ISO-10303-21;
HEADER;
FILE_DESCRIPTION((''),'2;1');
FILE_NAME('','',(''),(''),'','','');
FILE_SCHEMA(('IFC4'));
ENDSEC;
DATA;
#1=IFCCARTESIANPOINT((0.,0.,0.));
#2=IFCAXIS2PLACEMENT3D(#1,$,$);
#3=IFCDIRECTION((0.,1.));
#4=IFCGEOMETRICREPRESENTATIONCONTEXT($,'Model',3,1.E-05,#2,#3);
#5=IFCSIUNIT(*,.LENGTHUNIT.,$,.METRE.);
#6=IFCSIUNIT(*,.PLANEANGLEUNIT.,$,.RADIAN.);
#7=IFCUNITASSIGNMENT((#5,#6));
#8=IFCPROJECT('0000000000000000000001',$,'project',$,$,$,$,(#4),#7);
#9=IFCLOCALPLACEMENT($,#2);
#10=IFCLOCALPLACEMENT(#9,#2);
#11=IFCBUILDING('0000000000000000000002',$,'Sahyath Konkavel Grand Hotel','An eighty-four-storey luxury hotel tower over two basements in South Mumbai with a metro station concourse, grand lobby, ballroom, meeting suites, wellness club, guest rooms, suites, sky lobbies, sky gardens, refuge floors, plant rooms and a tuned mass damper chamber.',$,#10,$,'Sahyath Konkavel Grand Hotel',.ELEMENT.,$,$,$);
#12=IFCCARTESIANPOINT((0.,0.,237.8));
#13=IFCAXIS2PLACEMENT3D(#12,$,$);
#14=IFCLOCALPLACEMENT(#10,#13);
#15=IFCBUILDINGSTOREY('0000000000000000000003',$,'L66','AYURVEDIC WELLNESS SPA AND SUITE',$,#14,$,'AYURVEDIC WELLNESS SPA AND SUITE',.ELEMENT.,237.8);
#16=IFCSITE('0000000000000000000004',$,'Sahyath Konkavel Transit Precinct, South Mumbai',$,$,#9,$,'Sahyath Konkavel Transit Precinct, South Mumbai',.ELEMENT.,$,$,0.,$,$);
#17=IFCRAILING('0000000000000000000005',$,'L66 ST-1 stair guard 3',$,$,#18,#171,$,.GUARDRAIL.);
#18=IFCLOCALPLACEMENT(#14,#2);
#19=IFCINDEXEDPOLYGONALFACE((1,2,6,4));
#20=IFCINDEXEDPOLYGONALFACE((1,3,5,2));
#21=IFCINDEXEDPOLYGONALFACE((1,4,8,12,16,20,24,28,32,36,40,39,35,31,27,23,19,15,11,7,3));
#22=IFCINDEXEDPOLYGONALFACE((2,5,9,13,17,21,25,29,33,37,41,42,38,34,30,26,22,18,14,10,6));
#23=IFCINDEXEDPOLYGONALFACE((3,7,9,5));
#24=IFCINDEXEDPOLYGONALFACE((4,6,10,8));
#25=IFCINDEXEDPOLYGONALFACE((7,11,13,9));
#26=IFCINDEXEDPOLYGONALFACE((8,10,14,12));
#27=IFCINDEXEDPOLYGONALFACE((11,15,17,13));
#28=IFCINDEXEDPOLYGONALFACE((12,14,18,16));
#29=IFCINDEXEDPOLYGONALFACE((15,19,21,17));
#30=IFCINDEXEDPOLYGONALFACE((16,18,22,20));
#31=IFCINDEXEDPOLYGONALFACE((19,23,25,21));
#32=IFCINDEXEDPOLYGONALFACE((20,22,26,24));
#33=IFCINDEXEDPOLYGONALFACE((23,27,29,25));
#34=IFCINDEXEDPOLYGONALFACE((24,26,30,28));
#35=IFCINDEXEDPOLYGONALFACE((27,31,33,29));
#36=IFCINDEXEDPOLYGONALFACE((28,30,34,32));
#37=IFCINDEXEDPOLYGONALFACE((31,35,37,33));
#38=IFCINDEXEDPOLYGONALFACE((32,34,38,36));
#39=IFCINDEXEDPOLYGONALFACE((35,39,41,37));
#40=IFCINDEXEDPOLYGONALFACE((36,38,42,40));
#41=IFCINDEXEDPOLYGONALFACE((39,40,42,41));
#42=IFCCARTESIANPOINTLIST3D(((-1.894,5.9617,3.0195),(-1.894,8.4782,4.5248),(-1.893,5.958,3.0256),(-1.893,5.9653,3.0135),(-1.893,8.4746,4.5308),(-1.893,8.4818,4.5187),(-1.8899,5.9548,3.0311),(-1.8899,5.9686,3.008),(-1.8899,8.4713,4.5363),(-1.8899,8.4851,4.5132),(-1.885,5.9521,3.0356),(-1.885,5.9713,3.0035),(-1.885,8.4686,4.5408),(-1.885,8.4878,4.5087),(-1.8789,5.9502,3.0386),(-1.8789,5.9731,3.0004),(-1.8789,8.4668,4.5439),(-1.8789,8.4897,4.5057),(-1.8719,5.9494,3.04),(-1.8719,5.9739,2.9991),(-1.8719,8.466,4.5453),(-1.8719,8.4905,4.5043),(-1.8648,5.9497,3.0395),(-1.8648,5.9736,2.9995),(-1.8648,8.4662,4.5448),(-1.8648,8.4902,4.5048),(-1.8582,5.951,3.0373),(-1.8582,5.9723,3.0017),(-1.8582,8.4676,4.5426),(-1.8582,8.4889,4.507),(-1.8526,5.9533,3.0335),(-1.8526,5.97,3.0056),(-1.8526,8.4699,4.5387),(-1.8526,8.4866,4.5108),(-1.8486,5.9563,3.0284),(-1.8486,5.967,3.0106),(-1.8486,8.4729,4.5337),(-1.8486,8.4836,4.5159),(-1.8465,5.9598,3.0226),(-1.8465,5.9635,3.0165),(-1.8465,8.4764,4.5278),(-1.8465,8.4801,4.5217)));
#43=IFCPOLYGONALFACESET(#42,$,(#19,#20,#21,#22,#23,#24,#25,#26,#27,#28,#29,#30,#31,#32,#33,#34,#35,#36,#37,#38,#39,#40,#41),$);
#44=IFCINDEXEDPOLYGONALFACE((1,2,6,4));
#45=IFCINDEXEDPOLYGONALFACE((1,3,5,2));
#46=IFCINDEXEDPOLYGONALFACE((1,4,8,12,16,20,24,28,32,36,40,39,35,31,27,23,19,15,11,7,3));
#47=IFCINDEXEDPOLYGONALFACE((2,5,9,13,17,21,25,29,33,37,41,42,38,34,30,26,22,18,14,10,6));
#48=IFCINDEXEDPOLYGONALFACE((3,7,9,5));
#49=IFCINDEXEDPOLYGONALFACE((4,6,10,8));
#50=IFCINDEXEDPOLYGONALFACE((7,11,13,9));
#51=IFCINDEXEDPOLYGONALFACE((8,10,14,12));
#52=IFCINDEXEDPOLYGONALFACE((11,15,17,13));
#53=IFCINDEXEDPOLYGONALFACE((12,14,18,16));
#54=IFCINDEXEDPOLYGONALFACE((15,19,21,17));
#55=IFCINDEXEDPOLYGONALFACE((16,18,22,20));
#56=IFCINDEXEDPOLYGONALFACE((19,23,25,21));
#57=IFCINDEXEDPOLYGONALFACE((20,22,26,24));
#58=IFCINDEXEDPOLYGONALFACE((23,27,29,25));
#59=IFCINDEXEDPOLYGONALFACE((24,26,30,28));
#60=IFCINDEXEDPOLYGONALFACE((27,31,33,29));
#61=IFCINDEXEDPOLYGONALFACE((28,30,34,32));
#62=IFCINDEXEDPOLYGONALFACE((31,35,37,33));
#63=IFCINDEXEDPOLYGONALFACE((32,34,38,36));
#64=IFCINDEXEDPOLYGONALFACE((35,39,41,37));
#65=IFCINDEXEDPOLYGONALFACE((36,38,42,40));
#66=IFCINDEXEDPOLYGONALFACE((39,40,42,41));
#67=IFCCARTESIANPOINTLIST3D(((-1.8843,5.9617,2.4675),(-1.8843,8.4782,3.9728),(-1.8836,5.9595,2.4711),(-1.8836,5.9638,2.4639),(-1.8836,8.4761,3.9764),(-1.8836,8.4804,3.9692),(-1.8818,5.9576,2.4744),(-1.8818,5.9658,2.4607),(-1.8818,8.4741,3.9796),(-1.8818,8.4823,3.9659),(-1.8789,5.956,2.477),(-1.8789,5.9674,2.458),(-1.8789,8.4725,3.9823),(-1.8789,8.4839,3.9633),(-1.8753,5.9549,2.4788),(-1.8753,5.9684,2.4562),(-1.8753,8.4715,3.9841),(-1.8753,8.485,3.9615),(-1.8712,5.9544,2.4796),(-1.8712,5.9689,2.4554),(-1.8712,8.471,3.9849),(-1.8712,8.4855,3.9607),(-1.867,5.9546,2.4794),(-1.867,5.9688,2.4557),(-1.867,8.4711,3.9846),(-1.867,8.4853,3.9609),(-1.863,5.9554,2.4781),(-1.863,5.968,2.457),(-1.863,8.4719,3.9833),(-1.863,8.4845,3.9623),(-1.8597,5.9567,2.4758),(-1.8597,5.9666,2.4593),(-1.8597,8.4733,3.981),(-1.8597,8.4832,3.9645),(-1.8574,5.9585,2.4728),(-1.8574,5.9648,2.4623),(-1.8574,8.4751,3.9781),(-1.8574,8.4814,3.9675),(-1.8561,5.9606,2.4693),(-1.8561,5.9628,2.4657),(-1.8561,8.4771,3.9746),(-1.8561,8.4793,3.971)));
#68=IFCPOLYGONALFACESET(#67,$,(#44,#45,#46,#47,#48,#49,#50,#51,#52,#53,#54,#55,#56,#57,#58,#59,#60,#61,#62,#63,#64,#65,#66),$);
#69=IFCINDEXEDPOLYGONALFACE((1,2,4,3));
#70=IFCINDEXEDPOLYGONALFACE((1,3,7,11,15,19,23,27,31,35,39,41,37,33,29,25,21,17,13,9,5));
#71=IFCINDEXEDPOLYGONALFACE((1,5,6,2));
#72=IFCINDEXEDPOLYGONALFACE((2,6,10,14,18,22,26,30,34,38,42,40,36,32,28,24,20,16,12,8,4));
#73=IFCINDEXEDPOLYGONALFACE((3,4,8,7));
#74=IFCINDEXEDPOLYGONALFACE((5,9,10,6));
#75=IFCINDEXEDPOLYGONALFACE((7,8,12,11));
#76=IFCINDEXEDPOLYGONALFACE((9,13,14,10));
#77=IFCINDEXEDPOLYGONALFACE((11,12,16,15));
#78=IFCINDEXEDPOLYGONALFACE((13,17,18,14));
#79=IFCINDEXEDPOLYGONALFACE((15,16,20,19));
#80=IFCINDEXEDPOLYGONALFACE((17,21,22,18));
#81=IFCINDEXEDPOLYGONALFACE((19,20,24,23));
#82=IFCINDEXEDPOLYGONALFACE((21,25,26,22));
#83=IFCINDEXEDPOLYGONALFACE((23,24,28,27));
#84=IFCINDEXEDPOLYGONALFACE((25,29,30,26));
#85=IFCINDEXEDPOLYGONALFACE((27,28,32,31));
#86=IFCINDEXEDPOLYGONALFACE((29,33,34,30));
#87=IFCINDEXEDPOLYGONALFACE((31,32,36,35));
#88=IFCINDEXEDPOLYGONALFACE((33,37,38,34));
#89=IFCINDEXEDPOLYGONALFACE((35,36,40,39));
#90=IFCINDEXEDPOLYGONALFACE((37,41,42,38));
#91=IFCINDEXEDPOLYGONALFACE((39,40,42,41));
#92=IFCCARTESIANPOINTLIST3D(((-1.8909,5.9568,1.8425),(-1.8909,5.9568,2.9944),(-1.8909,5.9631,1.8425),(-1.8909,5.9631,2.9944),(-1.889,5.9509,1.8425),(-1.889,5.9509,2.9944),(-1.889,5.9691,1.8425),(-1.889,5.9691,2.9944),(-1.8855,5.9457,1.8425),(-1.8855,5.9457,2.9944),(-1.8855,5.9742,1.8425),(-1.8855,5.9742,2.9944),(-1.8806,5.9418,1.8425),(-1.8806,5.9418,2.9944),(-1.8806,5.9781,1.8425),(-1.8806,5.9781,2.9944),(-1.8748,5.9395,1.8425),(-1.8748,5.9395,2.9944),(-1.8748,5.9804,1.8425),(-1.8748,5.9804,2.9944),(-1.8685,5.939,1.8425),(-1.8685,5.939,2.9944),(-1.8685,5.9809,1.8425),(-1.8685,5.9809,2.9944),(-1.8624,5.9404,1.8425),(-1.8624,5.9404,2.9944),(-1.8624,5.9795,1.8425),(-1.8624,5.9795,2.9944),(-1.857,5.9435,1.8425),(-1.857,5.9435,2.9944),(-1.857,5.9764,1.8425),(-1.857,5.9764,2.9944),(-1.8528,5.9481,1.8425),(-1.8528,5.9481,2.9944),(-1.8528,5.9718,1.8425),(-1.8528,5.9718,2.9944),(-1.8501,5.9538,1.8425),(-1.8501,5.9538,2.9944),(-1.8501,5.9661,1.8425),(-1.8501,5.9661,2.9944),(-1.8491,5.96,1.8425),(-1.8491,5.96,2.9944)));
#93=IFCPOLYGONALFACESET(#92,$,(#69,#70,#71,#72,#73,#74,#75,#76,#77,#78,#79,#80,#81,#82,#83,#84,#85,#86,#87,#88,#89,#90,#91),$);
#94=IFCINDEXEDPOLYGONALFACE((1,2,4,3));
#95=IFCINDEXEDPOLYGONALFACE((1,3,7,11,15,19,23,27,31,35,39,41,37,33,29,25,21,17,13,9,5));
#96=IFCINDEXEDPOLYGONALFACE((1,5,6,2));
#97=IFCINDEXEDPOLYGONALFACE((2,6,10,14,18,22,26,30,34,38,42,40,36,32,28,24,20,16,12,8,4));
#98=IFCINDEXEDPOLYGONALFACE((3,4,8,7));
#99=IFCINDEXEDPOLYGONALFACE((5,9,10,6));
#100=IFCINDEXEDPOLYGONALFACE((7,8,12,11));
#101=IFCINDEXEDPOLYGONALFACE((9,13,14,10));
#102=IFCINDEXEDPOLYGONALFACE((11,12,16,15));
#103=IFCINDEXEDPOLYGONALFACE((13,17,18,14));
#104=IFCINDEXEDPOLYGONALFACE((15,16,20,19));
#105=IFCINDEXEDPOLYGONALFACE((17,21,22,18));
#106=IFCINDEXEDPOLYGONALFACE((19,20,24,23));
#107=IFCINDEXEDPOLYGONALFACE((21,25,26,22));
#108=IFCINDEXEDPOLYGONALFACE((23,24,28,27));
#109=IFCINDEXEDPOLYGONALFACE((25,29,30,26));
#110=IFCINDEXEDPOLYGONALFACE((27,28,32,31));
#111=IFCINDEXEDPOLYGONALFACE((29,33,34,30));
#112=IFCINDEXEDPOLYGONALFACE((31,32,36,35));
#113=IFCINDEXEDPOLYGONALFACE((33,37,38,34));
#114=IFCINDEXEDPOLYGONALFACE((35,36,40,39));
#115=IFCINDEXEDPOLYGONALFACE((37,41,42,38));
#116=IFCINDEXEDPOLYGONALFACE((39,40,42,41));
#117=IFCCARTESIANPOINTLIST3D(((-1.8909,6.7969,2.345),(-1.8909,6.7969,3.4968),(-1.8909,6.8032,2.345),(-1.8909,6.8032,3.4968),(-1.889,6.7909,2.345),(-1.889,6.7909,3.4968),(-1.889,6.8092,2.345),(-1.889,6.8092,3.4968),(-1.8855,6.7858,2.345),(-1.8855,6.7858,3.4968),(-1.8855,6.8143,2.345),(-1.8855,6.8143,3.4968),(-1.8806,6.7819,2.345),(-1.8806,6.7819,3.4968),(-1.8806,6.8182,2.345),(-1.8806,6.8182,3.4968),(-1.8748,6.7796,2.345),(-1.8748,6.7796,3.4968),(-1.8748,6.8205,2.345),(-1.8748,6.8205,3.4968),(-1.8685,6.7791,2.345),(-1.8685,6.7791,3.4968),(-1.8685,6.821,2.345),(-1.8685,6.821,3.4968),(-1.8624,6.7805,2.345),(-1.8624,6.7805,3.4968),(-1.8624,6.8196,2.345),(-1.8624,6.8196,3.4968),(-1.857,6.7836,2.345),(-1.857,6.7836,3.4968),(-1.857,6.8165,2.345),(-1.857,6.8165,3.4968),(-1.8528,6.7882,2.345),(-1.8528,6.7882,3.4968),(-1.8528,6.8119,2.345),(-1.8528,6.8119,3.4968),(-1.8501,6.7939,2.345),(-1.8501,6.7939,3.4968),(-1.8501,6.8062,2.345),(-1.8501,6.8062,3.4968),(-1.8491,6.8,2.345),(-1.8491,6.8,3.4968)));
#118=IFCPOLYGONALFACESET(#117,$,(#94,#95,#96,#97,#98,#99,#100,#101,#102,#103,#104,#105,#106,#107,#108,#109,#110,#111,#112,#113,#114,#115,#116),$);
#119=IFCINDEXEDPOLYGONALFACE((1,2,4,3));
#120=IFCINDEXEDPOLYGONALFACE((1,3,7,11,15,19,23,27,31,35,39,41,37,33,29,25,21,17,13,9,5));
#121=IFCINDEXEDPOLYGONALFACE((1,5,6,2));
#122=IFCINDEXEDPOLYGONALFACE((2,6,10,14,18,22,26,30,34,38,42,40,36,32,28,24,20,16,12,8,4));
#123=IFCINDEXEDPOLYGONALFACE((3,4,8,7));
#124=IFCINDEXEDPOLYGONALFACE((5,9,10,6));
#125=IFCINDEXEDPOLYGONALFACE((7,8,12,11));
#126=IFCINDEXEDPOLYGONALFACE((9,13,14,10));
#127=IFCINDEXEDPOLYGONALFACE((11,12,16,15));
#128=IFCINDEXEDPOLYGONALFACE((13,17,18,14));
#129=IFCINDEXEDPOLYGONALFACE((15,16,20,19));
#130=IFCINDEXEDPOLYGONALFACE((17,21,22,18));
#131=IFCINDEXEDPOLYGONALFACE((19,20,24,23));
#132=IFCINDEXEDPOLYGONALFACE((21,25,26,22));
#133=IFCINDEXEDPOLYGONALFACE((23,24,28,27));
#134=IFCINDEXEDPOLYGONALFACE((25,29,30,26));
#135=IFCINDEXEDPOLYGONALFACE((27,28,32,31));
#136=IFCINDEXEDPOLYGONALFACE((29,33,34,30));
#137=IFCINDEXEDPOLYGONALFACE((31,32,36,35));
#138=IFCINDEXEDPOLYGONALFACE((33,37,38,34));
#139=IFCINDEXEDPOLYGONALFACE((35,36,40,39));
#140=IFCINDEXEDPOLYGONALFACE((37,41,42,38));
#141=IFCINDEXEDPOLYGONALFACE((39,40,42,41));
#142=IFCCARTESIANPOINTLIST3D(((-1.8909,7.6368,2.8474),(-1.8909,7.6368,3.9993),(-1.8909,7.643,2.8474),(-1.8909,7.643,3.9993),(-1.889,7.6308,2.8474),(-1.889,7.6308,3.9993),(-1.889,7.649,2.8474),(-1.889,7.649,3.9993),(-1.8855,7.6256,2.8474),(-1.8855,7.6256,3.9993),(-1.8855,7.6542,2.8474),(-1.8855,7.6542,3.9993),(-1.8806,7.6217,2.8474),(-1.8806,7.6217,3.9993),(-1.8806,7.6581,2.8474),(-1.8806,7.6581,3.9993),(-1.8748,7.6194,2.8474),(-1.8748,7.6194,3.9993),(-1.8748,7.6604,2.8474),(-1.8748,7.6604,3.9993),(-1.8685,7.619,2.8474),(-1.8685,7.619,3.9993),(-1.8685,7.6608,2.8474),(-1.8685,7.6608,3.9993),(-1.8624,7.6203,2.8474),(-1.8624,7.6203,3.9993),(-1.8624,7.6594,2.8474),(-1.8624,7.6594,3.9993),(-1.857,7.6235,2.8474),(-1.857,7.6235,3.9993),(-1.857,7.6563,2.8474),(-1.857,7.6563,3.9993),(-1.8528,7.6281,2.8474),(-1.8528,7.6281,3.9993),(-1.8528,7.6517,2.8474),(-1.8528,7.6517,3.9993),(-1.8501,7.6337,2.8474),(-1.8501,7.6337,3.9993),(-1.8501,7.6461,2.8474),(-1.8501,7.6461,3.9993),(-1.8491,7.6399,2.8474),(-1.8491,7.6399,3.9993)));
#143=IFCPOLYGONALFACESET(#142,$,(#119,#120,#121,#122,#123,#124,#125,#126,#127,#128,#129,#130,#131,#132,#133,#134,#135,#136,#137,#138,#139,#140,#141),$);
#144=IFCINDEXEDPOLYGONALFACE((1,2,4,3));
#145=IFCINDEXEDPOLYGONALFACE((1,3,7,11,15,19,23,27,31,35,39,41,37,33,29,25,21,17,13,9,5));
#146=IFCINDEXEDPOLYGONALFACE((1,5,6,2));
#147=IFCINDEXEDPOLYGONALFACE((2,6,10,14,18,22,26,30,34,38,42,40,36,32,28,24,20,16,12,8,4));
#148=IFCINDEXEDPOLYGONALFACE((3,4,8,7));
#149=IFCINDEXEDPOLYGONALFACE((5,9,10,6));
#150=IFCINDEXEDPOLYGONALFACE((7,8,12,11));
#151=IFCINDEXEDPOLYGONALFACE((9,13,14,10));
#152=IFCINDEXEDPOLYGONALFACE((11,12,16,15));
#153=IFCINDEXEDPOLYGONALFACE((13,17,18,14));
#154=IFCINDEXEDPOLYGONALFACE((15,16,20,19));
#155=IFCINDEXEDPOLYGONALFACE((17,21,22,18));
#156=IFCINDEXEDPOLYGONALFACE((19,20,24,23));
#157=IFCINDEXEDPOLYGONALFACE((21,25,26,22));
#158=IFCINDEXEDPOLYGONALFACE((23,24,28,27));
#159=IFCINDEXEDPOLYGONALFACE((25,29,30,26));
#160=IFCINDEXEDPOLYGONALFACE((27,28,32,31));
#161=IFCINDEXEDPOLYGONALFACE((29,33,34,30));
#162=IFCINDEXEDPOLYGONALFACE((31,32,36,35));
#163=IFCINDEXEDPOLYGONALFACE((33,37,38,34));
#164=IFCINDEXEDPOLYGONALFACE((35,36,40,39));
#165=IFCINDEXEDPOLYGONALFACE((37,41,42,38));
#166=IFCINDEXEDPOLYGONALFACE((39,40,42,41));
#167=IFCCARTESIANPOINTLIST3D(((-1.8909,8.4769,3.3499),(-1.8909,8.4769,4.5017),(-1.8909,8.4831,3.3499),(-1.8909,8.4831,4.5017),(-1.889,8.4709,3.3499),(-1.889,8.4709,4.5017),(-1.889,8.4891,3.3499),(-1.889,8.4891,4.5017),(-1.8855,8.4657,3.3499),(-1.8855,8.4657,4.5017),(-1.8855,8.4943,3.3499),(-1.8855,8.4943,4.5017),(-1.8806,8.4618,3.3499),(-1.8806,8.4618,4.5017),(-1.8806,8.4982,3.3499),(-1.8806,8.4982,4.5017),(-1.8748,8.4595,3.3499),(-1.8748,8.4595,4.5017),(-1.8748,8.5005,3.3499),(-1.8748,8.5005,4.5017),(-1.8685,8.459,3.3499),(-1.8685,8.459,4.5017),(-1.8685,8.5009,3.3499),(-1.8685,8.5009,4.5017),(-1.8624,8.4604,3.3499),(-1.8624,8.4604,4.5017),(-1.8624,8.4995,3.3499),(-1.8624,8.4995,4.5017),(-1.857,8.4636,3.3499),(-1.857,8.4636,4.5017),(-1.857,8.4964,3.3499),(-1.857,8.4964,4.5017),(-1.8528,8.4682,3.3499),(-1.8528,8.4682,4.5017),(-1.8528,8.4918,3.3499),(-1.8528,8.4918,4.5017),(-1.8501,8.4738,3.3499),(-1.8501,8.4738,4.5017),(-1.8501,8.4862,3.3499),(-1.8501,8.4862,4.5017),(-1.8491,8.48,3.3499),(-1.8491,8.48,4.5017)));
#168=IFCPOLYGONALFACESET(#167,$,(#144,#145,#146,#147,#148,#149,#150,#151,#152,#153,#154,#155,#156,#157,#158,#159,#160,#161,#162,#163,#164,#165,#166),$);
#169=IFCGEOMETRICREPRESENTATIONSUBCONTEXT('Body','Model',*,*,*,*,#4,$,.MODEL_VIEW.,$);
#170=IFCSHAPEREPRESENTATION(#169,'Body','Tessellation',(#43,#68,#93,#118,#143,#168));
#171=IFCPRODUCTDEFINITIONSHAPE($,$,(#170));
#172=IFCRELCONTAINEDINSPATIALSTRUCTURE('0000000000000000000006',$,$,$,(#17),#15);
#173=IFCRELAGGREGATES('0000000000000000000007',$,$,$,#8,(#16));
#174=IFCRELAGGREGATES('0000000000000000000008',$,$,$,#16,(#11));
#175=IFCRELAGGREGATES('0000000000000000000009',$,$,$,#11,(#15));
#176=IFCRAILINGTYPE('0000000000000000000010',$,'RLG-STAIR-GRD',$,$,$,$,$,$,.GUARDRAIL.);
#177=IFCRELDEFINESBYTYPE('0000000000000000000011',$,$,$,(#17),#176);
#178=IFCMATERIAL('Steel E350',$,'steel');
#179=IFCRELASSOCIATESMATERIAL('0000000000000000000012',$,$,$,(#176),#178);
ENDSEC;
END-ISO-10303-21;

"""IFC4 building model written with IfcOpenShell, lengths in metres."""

from ifc_helpers import new_model, si_unit, direction, frame, origin, origin_2d, place, context, subcontext, project, spatial, circle, extrude, material, type_object, element, save


model = new_model("IFC4")

# Units and contexts
model_context = context("Model", 3, precision=1e-05, world=origin(), true_north=direction((0.0, 1.0)))
body_context = subcontext(model_context, "Body", "Model", "MODEL_VIEW")
ifc_project = project(units=[si_unit("LENGTHUNIT", "METRE"), si_unit("PLANEANGLEUNIT", "RADIAN")], contexts=[model_context])

# Site, building, storey
site_placement = place(None, origin())
site = spatial("IfcSite", under=ifc_project, at=site_placement, Name="Sahyath Konkavel Transit Precinct, South Mumbai", LongName="Sahyath Konkavel Transit Precinct, South Mumbai", CompositionType="ELEMENT", RefElevation=0.0)
building_placement = place(site_placement, origin())
building = spatial("IfcBuilding", under=site, at=building_placement, Name="Sahyath Konkavel Grand Hotel", Description="An eighty-four-storey luxury hotel tower over two basements in South Mumbai with a metro station concourse, grand lobby, ballroom, meeting suites, wellness club, guest rooms, suites, sky lobbies, sky gardens, refuge floors, plant rooms and a tuned mass damper chamber.", LongName="Sahyath Konkavel Grand Hotel", CompositionType="ELEMENT")
storey_placement = place(building_placement, frame((0.0, 0.0, 237.8)))
storey = spatial("IfcBuildingStorey", under=building, at=storey_placement, Name="L66", Description="AYURVEDIC WELLNESS SPA AND SUITE", LongName="AYURVEDIC WELLNESS SPA AND SUITE", CompositionType="ELEMENT", Elevation=237.8)

# Shared definitions
ifc_material_1 = material(Name="Steel E350", Category="steel")

# Railing
railing_type_1 = type_object("IfcRailingType", Name="RLG-STAIR-GRD", PredefinedType="GUARDRAIL", material=ifc_material_1)
railing_1_placement = place(storey_placement, frame((-1.8701, 5.96, 1.8425)))
element("IfcRailing", 1, at=railing_1_placement, inside=storey, type_object=railing_type_1, Name="L66 ST-1 stair guard 3", PredefinedType="GUARDRAIL", context=body_context, shape_type="SweptSolid", body=[
    extrude(circle(Radius=0.0239, at=origin_2d()), frame((0.0, 0.0017, 1.177), z_axis=(0.0, 0.858196, 0.513321), x_axis=(-1.0, 0.0, 0.0)), (0.0, 0.0, 1.0), 2.9324),
    extrude(circle(Radius=0.0142, at=origin_2d()), frame((0.0, 0.0017, 0.625), z_axis=(0.0, 0.858196, 0.513321), x_axis=(-1.0, 0.0, 0.0)), (0.0, 0.0, 1.0), 2.9324),
    extrude(circle(Radius=0.021, at=origin_2d()), origin(), (0.0, 0.0, 1.0), 1.1519),
    extrude(circle(Radius=0.021, at=origin_2d()), frame((0.0, 0.8401, 0.5024)), (0.0, 0.0, 1.0), 1.1519),
    extrude(circle(Radius=0.021, at=origin_2d()), frame((0.0, 1.6799, 1.0049)), (0.0, 0.0, 1.0), 1.1519),
    extrude(circle(Radius=0.021, at=origin_2d()), frame((0.0, 2.52, 1.5073)), (0.0, 0.0, 1.0), 1.1519),
])

save(model, "model.ifc")
